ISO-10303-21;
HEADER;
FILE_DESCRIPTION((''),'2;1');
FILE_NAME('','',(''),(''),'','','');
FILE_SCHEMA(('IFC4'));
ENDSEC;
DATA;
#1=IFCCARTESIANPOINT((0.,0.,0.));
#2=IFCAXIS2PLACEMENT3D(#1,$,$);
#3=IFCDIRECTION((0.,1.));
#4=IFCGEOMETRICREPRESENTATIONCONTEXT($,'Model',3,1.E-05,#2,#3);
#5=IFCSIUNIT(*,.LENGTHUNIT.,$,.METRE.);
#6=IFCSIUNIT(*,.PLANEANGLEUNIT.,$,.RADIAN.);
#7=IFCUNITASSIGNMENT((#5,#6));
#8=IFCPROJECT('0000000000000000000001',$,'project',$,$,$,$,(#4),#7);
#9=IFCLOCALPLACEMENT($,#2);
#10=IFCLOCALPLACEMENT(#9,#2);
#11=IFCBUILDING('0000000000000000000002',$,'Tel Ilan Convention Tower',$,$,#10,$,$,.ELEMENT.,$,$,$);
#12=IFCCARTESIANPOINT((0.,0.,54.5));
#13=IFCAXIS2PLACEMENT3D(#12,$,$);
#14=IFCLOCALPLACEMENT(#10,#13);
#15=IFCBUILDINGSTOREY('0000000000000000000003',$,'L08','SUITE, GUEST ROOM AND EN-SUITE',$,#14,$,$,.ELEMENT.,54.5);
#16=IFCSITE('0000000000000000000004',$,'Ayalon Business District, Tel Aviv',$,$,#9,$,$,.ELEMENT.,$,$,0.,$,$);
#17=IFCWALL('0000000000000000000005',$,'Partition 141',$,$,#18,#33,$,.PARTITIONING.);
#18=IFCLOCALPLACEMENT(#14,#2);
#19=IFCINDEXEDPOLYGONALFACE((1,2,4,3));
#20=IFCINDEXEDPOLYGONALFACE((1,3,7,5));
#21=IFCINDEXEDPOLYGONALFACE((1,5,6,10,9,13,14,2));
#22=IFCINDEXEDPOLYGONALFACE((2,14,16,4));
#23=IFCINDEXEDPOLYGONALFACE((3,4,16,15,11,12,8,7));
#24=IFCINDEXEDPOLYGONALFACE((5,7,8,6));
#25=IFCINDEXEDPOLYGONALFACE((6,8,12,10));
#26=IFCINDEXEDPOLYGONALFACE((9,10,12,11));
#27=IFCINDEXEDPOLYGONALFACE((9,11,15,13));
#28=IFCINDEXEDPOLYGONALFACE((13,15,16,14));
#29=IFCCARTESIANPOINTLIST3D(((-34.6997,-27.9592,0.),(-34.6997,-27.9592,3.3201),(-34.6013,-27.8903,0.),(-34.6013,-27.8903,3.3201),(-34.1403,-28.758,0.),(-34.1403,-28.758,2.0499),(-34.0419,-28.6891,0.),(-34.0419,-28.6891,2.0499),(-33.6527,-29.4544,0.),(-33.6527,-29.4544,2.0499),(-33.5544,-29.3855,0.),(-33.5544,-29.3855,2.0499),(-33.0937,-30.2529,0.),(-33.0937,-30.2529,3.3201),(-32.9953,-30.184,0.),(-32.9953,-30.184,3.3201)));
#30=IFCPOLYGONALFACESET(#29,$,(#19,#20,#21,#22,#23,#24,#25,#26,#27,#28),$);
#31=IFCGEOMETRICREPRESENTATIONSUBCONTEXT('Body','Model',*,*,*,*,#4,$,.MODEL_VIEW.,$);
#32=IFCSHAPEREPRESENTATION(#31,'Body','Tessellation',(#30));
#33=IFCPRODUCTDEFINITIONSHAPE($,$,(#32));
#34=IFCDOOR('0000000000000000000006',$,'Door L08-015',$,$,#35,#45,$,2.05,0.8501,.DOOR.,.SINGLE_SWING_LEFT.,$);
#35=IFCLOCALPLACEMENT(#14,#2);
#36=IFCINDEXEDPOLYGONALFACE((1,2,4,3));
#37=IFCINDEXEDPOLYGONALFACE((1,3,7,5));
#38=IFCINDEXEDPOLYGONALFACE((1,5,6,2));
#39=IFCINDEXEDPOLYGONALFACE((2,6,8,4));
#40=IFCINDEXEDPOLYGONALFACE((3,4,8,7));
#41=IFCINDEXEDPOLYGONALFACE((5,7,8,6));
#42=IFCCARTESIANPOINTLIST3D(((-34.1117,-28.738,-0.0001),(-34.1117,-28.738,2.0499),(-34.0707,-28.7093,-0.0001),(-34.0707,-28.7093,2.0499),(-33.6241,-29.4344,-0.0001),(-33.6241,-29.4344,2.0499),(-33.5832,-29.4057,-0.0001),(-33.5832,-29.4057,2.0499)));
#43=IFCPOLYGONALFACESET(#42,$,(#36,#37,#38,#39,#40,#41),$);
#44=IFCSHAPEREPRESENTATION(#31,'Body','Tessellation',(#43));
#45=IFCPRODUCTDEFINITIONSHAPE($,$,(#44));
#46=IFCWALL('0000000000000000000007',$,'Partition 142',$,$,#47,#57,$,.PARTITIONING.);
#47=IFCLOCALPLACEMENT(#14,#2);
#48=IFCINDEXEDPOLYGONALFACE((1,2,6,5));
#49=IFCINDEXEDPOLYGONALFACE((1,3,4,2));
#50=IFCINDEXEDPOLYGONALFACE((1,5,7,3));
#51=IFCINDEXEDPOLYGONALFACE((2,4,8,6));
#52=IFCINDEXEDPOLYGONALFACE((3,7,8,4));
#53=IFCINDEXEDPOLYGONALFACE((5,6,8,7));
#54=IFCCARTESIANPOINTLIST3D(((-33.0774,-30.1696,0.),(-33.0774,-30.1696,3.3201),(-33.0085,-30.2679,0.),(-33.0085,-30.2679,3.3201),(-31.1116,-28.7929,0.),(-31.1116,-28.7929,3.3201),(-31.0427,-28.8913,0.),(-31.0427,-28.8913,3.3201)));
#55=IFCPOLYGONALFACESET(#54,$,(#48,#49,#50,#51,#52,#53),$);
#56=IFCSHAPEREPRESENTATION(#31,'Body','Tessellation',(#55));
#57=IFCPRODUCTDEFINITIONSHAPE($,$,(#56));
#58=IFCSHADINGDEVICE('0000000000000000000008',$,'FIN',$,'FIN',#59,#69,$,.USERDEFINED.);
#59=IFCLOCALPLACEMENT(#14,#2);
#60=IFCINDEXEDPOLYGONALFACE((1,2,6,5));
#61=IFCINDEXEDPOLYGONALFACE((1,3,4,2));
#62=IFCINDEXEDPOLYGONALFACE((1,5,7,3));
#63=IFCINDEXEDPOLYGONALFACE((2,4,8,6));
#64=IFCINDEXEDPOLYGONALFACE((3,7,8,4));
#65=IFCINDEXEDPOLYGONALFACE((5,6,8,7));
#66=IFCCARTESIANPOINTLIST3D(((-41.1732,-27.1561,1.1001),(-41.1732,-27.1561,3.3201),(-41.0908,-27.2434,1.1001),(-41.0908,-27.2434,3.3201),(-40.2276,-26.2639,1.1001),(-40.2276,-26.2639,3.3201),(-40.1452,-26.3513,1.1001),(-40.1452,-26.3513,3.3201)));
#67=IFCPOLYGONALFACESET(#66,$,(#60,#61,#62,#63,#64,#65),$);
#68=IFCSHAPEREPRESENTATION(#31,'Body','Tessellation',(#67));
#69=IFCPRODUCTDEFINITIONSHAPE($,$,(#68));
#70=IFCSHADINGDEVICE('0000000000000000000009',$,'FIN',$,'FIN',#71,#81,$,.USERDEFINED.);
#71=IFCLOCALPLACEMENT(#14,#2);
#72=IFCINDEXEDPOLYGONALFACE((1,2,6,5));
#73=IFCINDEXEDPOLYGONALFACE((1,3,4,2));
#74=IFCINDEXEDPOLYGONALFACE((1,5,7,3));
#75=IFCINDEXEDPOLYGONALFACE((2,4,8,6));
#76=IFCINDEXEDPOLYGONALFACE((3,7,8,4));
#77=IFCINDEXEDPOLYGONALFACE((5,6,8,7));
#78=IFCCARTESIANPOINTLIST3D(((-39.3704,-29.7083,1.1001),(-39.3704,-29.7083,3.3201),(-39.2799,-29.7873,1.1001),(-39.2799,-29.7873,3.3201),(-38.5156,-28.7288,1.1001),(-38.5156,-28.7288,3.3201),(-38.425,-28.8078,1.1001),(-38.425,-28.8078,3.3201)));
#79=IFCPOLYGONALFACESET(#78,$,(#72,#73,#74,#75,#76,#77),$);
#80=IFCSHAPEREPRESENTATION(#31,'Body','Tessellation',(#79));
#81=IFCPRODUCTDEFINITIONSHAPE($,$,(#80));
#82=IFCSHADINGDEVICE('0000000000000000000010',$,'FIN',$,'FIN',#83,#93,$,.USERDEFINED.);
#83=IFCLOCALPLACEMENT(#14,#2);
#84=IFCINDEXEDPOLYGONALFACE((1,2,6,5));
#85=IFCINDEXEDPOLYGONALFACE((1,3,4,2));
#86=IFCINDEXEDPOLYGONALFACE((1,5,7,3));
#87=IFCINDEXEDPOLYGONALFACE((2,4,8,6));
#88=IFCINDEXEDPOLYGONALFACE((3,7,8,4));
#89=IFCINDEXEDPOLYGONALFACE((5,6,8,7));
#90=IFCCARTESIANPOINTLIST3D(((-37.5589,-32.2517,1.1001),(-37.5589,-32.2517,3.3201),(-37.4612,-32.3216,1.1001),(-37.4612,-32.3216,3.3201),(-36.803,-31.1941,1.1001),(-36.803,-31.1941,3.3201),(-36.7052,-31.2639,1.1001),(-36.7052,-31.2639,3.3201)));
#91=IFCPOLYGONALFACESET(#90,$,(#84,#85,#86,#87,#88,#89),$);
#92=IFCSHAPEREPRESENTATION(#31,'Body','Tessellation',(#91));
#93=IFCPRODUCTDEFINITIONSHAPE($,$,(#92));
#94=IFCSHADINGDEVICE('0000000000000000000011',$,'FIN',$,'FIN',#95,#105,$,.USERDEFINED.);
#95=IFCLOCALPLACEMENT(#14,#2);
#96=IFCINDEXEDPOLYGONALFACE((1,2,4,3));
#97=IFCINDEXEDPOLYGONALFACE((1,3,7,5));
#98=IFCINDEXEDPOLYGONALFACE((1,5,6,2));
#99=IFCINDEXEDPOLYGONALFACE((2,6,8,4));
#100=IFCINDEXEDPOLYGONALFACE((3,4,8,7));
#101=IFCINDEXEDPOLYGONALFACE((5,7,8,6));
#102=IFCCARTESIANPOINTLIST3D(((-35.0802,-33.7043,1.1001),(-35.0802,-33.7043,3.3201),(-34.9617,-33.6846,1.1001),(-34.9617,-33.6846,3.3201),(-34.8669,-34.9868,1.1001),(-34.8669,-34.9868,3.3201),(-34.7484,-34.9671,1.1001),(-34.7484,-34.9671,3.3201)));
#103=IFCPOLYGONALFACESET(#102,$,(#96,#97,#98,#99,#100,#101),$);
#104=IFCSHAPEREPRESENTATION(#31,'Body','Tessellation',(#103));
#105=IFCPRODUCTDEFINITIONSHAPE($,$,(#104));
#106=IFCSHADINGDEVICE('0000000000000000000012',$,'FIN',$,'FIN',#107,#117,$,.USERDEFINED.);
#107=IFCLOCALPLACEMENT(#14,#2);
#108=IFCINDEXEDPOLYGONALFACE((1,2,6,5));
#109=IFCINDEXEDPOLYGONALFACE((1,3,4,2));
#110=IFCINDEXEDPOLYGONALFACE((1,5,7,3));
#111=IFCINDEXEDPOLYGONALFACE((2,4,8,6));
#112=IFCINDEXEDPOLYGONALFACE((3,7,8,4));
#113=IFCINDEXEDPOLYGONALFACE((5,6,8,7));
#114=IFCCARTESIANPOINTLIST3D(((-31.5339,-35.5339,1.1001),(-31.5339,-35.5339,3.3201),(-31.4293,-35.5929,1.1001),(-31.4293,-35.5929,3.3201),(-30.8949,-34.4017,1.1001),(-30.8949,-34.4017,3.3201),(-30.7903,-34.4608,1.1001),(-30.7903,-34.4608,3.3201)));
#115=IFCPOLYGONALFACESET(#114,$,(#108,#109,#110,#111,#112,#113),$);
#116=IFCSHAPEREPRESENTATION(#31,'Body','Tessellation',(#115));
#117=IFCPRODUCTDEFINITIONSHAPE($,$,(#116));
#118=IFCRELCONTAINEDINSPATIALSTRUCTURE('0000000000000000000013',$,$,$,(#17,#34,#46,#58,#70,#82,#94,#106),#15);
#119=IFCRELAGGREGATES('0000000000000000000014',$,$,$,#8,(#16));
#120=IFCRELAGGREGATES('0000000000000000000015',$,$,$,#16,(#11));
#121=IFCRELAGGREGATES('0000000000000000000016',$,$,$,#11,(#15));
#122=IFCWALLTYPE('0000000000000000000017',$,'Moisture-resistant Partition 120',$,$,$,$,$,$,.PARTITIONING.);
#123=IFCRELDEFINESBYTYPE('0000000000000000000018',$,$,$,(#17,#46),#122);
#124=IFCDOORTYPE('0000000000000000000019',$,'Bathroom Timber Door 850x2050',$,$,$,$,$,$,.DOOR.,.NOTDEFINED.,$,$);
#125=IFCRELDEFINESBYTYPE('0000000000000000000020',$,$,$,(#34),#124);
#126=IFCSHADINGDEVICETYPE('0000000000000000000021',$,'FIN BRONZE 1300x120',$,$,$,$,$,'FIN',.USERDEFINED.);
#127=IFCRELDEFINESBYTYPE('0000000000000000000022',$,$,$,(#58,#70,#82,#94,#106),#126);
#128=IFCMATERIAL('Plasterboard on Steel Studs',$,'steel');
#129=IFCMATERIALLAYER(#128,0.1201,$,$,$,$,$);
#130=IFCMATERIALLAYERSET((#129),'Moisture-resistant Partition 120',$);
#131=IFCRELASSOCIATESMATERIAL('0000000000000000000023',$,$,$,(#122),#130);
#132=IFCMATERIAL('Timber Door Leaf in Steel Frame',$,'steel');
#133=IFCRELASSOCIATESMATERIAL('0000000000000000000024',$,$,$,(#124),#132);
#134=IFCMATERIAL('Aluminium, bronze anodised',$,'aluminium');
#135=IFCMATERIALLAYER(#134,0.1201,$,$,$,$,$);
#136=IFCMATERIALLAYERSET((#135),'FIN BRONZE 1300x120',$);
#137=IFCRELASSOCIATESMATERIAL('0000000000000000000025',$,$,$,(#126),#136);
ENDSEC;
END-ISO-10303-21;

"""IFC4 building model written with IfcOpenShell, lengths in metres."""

from ifc_helpers import new_model, si_unit, direction, frame, frame_2d, origin, origin_2d, place, context, subcontext, project, spatial, rectangle, extrude, material, layer, layer_set, type_object, element, fill, save


model = new_model("IFC4")

# Units and contexts
model_context = context("Model", 3, precision=1e-05, world=origin(), true_north=direction((0.0, 1.0)))
body_context = subcontext(model_context, "Body", "Model", "MODEL_VIEW")
ifc_project = project(units=[si_unit("LENGTHUNIT", "METRE"), si_unit("PLANEANGLEUNIT", "RADIAN")], contexts=[model_context])

# Site, building, storey
site_placement = place(None, origin())
site = spatial("IfcSite", under=ifc_project, at=site_placement, Name="Ayalon Business District, Tel Aviv", CompositionType="ELEMENT", RefElevation=0.0)
building_placement = place(site_placement, origin())
building = spatial("IfcBuilding", under=site, at=building_placement, Name="Tel Ilan Convention Tower", CompositionType="ELEMENT")
storey_placement = place(building_placement, frame((0.0, 0.0, 54.5)))
storey = spatial("IfcBuildingStorey", under=building, at=storey_placement, Name="L08", Description="SUITE, GUEST ROOM AND EN-SUITE", CompositionType="ELEMENT", Elevation=54.5)

# Wall, opening, door
ifc_material_1 = material(Name="Plasterboard on Steel Studs", Category="steel")
ifc_layer_1 = layer(ifc_material_1, 0.1201)
ifc_layer_set_1 = layer_set([ifc_layer_1], Name="Moisture-resistant Partition 120")
wall_type_1 = type_object("IfcWallType", Name="Moisture-resistant Partition 120", PredefinedType="PARTITIONING", material=ifc_layer_set_1)
wall_1_placement = place(storey_placement, frame((-34.6504, -27.9248, 0.0), z_axis=(0.0, 0.0, 1.0), x_axis=(0.57355, -0.81917, 0.0)))
wall_1 = element("IfcWall", 1, at=wall_1_placement, inside=storey, type_object=wall_type_1, Name="Partition 141", PredefinedType="PARTITIONING", context=body_context, shape_type="SweptSolid", body=[
    extrude(rectangle(XDim=2.8, YDim=0.1201, at=frame_2d((1.3999, 0.0))), origin(), (0.0, 0.0, 1.0), 3.3201),
])
opening_1_placement = place(wall_1_placement, frame((0.9751, 0.0, 0.0)))
opening_1 = element("IfcOpeningElement", 2, at=opening_1_placement, cuts=wall_1, PredefinedType="OPENING", context=body_context, shape_type="SweptSolid", body=[
    extrude(rectangle(XDim=0.8501, YDim=2.05, at=frame_2d((0.425, 1.0249))), frame((0.0, 0.0701, 0.0), z_axis=(0.0, -1.0, 0.0), x_axis=(1.0, 0.0, 0.0)), (0.0, 0.0, 1.0), 0.1401),
])
ifc_material_2 = material(Name="Timber Door Leaf in Steel Frame", Category="steel")
door_type_1 = type_object("IfcDoorType", Name="Bathroom Timber Door 850x2050", OperationType="NOTDEFINED", PredefinedType="DOOR", material=ifc_material_2)
door_1_placement = place(opening_1_placement, origin())
door_1 = element("IfcDoor", 3, at=door_1_placement, inside=storey, type_object=door_type_1, Name="Door L08-015", OperationType="SINGLE_SWING_LEFT", OverallHeight=2.05, OverallWidth=0.8501, PredefinedType="DOOR", context=body_context, shape_type="SweptSolid", body=[
    extrude(rectangle(XDim=0.8501, YDim=2.05, at=frame_2d((0.425, 1.0249))), frame((0.0, 0.0249, 0.0), z_axis=(0.0, -1.0, 0.0), x_axis=(1.0, 0.0, 0.0)), (0.0, 0.0, 1.0), 0.05),
])
fill(opening_1, door_1)

# Wall
wall_2_placement = place(storey_placement, frame((-33.043, -30.2188, 0.0), z_axis=(0.0, 0.0, 1.0), x_axis=(0.819108, 0.57364, 0.0)))
element("IfcWall", 4, at=wall_2_placement, inside=storey, type_object=wall_type_1, Name="Partition 142", PredefinedType="PARTITIONING", context=body_context, shape_type="SweptSolid", body=[
    extrude(rectangle(XDim=2.3999, YDim=0.1201, at=frame_2d((1.2, 0.0))), origin(), (0.0, 0.0, 1.0), 3.3201),
])

# Shading devices
ifc_material_3 = material(Name="Aluminium, bronze anodised", Category="aluminium")
ifc_layer_2 = layer(ifc_material_3, 0.1201)
ifc_layer_set_2 = layer_set([ifc_layer_2], Name="FIN BRONZE 1300x120")
shading_device_type = type_object("IfcShadingDeviceType", Name="FIN BRONZE 1300x120", ElementType="FIN", PredefinedType="USERDEFINED", material=ifc_layer_set_2)
for number, where, z_axis, x_axis, name in (
    (5, (-40.6592, -26.7537, 1.1001), (0.0, 0.0, 1.0), (-0.727374, -0.686242, 0.0), "FIN"),
    (6, (-38.8977, -29.2581, 1.1001), (0.0, 0.0, 1.0), (-0.657521, -0.753436, 0.0), "FIN"),
    (7, (-37.1321, -31.7578, 1.1001), (0.0, 0.0, 1.0), (-0.581492, -0.813552, 0.0), "FIN"),
    (8, (-34.9143, -34.3357, 1.1001), (0.0, 0.0, 1.0), (0.164091, -0.986445, 0.0), "FIN"),
    (9, (-31.1621, -34.9973, 1.1001), (0.0, 0.0, 1.0), (-0.491579, -0.870833, 0.0), "FIN"),
):
    element("IfcShadingDevice", number, at=place(storey_placement, frame(where, z_axis=z_axis, x_axis=x_axis)), inside=storey, type_object=shading_device_type, Name=name, ObjectType="FIN", PredefinedType="USERDEFINED", context=body_context, shape_type="SweptSolid", body=[
        extrude(rectangle(XDim=1.3, YDim=0.1201, at=origin_2d()), origin(), (0.0, 0.0, 1.0), 2.22),
    ])

save(model, "model.ifc")
